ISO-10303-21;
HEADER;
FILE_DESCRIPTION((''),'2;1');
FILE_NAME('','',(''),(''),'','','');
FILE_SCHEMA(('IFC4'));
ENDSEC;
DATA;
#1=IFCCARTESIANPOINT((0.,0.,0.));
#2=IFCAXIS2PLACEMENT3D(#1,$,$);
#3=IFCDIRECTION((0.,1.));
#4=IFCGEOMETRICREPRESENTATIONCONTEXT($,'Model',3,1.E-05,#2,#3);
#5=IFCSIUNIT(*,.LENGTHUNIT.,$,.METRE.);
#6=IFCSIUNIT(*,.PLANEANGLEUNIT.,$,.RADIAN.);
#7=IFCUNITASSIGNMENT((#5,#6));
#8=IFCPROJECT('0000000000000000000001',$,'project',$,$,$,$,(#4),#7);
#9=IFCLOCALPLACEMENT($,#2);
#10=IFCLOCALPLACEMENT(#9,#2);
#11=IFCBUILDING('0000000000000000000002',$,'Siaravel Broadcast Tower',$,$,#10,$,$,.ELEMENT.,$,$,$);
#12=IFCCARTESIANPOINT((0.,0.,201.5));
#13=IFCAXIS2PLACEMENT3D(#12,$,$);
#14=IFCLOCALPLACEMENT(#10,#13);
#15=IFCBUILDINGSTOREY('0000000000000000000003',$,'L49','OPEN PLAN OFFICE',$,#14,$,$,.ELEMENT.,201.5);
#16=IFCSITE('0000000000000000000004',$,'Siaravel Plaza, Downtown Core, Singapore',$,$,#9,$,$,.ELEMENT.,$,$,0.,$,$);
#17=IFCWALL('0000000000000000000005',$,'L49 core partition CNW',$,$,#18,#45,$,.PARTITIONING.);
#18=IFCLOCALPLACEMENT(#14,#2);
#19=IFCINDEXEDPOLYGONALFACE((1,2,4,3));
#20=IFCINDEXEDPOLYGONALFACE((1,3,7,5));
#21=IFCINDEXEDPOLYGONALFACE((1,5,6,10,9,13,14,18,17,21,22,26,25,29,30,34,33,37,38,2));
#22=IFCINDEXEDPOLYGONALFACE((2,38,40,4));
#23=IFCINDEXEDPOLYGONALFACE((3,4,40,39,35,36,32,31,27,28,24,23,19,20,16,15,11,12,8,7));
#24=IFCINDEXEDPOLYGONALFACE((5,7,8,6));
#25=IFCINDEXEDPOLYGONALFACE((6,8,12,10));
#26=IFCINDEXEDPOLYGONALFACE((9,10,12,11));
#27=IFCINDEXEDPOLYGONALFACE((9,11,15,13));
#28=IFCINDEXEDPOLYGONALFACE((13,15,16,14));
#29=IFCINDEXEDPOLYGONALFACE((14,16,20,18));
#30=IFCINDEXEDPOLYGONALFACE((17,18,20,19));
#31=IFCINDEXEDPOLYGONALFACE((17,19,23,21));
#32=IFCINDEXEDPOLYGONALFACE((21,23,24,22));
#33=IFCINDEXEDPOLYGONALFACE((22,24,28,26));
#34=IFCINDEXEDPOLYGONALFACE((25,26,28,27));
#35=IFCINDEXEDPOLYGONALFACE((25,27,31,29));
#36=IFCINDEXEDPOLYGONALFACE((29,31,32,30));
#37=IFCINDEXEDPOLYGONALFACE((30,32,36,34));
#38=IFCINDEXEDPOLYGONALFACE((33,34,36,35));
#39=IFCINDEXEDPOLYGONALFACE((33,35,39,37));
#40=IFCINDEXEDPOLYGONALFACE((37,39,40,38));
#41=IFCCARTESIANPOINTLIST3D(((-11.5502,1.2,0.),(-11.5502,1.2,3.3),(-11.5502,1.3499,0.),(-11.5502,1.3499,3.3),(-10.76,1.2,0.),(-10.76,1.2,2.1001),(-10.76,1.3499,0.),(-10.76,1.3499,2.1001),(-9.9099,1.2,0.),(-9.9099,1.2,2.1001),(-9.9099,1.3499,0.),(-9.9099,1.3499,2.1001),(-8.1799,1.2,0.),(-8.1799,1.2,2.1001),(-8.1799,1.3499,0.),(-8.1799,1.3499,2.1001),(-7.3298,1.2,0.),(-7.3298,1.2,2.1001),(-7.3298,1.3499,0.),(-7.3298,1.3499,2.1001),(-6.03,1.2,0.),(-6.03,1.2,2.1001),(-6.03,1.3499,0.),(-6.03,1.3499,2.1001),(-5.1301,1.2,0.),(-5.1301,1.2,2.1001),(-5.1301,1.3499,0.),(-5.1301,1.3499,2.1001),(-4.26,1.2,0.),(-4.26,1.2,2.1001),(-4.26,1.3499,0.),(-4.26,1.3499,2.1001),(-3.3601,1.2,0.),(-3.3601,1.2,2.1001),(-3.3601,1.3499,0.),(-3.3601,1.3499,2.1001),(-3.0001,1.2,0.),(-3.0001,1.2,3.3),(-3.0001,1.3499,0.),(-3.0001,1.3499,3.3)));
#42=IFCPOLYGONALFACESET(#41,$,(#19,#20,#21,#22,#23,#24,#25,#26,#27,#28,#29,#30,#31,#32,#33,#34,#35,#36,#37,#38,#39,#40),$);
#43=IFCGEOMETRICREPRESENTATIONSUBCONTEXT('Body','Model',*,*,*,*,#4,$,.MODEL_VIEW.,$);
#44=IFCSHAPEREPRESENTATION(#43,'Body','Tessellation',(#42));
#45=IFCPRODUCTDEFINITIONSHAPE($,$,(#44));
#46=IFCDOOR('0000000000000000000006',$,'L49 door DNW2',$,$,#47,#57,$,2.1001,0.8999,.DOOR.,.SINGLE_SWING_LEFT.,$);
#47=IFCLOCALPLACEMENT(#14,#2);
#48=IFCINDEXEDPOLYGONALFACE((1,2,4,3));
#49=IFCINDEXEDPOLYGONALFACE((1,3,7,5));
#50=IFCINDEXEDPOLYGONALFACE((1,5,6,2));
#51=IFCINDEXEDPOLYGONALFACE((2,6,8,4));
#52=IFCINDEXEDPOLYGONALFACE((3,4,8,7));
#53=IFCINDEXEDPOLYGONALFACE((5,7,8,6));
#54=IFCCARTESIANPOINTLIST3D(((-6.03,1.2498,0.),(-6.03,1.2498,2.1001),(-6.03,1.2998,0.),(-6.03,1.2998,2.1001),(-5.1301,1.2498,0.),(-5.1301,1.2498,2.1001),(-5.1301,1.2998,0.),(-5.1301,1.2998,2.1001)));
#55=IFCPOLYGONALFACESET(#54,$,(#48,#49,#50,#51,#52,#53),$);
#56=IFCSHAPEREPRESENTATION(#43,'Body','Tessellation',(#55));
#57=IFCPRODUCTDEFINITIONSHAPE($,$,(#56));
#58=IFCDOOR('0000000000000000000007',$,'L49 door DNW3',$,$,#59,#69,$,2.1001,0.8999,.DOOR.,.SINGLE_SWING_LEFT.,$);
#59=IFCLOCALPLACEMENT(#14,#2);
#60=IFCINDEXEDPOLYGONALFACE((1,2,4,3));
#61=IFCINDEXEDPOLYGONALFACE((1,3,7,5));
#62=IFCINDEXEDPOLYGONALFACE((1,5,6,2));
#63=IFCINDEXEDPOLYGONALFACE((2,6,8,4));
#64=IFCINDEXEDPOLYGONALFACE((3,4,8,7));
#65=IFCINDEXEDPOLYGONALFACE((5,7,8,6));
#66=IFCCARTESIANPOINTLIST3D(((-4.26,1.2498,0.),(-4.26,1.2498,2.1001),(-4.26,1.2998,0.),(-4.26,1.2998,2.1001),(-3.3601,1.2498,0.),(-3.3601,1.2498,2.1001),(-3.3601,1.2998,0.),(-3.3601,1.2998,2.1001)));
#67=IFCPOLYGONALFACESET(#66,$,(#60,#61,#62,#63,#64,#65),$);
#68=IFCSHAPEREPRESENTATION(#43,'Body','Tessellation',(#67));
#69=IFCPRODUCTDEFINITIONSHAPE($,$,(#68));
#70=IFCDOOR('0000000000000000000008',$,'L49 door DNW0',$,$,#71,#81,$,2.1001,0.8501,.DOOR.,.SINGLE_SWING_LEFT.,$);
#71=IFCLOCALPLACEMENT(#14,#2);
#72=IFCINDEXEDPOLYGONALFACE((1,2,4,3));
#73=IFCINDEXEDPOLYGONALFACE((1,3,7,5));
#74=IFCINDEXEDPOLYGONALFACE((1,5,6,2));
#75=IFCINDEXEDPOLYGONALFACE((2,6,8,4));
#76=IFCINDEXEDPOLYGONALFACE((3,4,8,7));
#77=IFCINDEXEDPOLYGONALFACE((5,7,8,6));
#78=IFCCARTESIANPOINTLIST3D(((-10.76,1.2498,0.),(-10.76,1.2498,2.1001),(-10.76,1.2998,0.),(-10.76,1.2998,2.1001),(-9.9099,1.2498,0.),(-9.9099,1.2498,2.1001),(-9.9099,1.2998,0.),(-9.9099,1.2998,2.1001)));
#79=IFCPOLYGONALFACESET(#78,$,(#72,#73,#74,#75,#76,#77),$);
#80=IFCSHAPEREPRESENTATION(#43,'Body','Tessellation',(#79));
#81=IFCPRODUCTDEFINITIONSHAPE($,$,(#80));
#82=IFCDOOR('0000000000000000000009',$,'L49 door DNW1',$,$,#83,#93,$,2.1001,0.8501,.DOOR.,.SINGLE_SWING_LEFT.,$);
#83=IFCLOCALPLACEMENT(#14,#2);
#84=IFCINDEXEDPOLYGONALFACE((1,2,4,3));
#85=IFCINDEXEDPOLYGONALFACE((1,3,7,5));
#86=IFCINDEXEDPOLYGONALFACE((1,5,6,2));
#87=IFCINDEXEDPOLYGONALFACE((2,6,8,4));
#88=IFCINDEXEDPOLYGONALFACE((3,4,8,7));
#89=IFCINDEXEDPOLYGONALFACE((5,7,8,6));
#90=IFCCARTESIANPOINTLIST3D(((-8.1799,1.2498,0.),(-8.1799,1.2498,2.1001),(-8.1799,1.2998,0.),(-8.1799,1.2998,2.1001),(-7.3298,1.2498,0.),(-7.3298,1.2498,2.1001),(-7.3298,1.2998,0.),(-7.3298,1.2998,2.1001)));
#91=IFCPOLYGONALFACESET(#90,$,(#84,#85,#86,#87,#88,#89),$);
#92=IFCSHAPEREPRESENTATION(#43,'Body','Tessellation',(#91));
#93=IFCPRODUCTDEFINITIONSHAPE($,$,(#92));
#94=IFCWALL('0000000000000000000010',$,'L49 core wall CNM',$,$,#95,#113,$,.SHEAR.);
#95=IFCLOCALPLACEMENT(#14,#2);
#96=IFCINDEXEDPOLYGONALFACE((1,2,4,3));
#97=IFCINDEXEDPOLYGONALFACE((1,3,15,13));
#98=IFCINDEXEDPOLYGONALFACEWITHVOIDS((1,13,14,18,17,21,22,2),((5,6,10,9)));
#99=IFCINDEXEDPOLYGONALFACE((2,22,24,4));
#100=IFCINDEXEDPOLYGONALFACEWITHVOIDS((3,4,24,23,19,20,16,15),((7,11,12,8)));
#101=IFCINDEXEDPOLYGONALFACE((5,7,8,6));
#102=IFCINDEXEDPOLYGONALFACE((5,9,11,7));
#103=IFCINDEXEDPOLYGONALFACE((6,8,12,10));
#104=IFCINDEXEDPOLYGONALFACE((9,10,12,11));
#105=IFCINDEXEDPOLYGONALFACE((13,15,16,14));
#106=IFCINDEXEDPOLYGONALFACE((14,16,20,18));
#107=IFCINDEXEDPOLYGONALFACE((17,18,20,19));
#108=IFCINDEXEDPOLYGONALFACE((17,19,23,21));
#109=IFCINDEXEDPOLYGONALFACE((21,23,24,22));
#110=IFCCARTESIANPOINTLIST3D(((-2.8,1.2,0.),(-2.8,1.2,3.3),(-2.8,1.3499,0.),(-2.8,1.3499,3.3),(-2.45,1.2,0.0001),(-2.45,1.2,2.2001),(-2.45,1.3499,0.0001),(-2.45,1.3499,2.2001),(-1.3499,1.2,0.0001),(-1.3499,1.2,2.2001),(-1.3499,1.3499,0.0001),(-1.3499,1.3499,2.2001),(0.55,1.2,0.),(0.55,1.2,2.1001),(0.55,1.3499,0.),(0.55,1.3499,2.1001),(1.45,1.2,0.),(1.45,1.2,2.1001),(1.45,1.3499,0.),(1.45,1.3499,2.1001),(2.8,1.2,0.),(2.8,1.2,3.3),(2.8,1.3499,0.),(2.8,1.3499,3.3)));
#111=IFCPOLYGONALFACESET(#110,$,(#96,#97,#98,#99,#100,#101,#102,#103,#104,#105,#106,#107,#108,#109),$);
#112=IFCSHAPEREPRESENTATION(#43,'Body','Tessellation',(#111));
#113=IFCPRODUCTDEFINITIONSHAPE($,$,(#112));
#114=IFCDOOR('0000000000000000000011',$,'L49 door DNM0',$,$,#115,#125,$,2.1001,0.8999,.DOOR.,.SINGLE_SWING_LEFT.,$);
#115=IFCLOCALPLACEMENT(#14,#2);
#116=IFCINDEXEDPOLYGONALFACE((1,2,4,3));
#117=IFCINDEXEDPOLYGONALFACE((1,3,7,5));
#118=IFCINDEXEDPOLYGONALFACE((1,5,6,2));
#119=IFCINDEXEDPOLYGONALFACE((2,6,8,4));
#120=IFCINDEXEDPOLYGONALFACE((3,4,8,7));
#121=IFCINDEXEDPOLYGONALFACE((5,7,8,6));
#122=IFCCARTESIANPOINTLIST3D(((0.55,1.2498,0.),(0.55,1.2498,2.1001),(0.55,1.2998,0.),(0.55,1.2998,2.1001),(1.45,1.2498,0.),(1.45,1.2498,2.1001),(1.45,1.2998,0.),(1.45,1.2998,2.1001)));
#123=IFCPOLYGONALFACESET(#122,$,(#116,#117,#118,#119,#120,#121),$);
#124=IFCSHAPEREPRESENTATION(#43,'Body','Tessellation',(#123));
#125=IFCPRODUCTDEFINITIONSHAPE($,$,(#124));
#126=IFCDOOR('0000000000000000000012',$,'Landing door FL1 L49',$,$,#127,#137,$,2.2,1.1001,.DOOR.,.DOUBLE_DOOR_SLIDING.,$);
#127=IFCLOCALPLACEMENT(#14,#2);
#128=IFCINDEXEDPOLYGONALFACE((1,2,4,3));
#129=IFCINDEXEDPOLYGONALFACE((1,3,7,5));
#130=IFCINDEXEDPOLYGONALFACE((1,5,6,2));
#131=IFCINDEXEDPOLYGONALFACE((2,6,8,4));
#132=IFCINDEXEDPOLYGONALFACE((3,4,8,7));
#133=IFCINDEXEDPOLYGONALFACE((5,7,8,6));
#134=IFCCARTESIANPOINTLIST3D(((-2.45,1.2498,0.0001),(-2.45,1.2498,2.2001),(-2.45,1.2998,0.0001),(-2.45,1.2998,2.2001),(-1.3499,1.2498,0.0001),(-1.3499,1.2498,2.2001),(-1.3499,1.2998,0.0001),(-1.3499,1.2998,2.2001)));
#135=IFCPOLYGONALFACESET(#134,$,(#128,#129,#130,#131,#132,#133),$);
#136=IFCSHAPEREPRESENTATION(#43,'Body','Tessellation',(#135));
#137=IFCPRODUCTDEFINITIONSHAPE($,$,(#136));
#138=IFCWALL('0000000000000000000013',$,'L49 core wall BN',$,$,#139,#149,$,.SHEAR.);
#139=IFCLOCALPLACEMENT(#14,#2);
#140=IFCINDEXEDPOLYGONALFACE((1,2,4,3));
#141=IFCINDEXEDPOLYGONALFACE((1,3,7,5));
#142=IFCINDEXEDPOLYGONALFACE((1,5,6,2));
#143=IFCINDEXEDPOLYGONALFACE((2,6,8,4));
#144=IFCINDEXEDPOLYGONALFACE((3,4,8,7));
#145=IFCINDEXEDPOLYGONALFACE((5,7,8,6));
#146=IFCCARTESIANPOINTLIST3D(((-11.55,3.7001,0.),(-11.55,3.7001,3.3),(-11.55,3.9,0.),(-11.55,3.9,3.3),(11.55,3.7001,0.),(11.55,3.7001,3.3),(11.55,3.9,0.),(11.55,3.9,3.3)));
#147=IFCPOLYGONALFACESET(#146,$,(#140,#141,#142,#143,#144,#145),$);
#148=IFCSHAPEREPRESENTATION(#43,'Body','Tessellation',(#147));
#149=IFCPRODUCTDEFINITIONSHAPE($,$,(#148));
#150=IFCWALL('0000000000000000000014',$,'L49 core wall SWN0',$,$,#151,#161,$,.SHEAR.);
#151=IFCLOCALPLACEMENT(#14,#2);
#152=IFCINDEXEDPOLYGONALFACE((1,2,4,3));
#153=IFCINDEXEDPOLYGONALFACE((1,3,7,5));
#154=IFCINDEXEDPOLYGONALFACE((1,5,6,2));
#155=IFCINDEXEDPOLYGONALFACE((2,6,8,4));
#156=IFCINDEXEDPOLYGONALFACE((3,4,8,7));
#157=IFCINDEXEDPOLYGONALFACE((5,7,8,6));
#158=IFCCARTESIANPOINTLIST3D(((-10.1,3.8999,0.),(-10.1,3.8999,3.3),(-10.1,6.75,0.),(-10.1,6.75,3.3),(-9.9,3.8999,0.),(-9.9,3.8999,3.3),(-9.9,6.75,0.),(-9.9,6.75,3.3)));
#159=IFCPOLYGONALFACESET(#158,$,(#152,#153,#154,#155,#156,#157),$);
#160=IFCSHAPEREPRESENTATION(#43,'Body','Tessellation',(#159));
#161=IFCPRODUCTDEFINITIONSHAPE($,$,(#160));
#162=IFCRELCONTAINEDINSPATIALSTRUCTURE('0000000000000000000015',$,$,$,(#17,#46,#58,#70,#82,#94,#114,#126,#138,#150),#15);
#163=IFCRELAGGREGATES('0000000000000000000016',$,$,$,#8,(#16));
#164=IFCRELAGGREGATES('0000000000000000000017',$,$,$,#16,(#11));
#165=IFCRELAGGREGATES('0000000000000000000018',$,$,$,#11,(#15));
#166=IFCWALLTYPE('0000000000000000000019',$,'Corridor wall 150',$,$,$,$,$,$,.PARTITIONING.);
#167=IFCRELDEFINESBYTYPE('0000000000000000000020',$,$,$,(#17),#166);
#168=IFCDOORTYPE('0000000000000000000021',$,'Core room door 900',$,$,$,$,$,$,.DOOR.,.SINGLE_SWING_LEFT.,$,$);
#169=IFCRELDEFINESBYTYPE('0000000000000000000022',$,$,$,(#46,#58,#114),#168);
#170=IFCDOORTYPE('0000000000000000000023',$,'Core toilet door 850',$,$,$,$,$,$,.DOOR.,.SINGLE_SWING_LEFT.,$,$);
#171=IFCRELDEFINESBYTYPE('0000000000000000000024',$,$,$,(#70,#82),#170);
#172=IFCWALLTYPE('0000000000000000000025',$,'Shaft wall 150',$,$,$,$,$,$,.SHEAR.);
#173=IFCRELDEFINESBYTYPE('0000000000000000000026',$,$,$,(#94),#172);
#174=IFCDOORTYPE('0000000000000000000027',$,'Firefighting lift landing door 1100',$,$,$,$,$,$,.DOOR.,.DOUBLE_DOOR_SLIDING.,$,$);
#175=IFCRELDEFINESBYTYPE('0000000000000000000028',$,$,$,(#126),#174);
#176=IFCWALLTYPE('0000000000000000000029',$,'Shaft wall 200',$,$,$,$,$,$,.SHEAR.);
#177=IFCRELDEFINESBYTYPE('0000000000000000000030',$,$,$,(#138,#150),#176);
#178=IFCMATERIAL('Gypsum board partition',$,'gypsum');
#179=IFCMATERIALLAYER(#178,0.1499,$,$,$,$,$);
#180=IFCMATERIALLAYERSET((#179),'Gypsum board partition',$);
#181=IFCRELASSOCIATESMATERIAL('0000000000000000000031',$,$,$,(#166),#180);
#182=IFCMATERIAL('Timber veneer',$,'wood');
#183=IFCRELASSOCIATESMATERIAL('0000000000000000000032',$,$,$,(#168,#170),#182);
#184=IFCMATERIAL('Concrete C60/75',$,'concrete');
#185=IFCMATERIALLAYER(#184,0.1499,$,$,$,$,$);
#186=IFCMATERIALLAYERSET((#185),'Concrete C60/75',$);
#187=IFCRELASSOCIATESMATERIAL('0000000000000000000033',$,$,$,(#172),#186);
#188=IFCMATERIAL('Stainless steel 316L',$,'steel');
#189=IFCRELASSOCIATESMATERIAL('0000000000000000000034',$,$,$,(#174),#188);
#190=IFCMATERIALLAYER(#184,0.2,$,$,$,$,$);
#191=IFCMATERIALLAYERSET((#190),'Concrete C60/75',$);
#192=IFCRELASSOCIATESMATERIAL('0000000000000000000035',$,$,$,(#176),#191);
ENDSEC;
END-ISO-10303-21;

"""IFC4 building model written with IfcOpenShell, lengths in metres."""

from ifc_helpers import new_model, si_unit, direction, frame, frame_2d, origin, place, context, subcontext, project, spatial, rectangle, extrude, material, layer, layer_set, type_object, element, fill, save


model = new_model("IFC4")

# Units and contexts
model_context = context("Model", 3, precision=1e-05, world=origin(), true_north=direction((0.0, 1.0)))
body_context = subcontext(model_context, "Body", "Model", "MODEL_VIEW")
ifc_project = project(units=[si_unit("LENGTHUNIT", "METRE"), si_unit("PLANEANGLEUNIT", "RADIAN")], contexts=[model_context])

# Site, building, storey
site_placement = place(None, origin())
site = spatial("IfcSite", under=ifc_project, at=site_placement, Name="Siaravel Plaza, Downtown Core, Singapore", CompositionType="ELEMENT", RefElevation=0.0)
building_placement = place(site_placement, origin())
building = spatial("IfcBuilding", under=site, at=building_placement, Name="Siaravel Broadcast Tower", CompositionType="ELEMENT")
storey_placement = place(building_placement, frame((0.0, 0.0, 201.5)))
storey = spatial("IfcBuildingStorey", under=building, at=storey_placement, Name="L49", Description="OPEN PLAN OFFICE", CompositionType="ELEMENT", Elevation=201.5)

# Walls, openings, doors
ifc_material_1 = material(Name="Gypsum board partition", Category="gypsum")
ifc_layer_1 = layer(ifc_material_1, 0.1499)
ifc_layer_set_1 = layer_set([ifc_layer_1], Name="Gypsum board partition")
wall_type_1 = type_object("IfcWallType", Name="Corridor wall 150", PredefinedType="PARTITIONING", material=ifc_layer_set_1)
wall_1_placement = place(storey_placement, frame((-11.55, 1.2749, 0.0), z_axis=(0.0, 0.0, 1.0), x_axis=(1.0, 0.0, 0.0)))
wall_1 = element("IfcWall", 1, at=wall_1_placement, inside=storey, type_object=wall_type_1, Name="L49 core partition CNW", PredefinedType="PARTITIONING", context=body_context, shape_type="SweptSolid", body=[
    extrude(rectangle(XDim=8.55, YDim=0.1499, at=frame_2d((4.2749, 0.0))), origin(), (0.0, 0.0, 1.0), 3.3),
])
opening_1_placement = place(wall_1_placement, frame((0.79, 0.0, 0.0)))
opening_1 = element("IfcOpeningElement", 2, at=opening_1_placement, cuts=wall_1, PredefinedType="OPENING", context=body_context, shape_type="SweptSolid", body=[
    extrude(rectangle(XDim=0.8501, YDim=2.1001, at=frame_2d((0.425, 1.05))), frame((0.0, 0.085, 0.0), z_axis=(0.0, -1.0, 0.0), x_axis=(1.0, 0.0, 0.0)), (0.0, 0.0, 1.0), 0.1699),
])
opening_2_placement = place(wall_1_placement, frame((3.3701, 0.0, 0.0)))
opening_2 = element("IfcOpeningElement", 3, at=opening_2_placement, cuts=wall_1, PredefinedType="OPENING", context=body_context, shape_type="SweptSolid", body=[
    extrude(rectangle(XDim=0.8501, YDim=2.1001, at=frame_2d((0.425, 1.05))), frame((0.0, 0.085, 0.0), z_axis=(0.0, -1.0, 0.0), x_axis=(1.0, 0.0, 0.0)), (0.0, 0.0, 1.0), 0.1699),
])
opening_3_placement = place(wall_1_placement, frame((5.52, 0.0, 0.0)))
opening_3 = element("IfcOpeningElement", 4, at=opening_3_placement, cuts=wall_1, PredefinedType="OPENING", context=body_context, shape_type="SweptSolid", body=[
    extrude(rectangle(XDim=0.8999, YDim=2.1001, at=frame_2d((0.45, 1.05))), frame((0.0, 0.085, 0.0), z_axis=(0.0, -1.0, 0.0), x_axis=(1.0, 0.0, 0.0)), (0.0, 0.0, 1.0), 0.1699),
])
opening_4_placement = place(wall_1_placement, frame((7.29, 0.0, 0.0)))
opening_4 = element("IfcOpeningElement", 5, at=opening_4_placement, cuts=wall_1, PredefinedType="OPENING", context=body_context, shape_type="SweptSolid", body=[
    extrude(rectangle(XDim=0.8999, YDim=2.1001, at=frame_2d((0.45, 1.05))), frame((0.0, 0.085, 0.0), z_axis=(0.0, -1.0, 0.0), x_axis=(1.0, 0.0, 0.0)), (0.0, 0.0, 1.0), 0.1699),
])
ifc_material_2 = material(Name="Timber veneer", Category="wood")
door_type_1 = type_object("IfcDoorType", Name="Core room door 900", OperationType="SINGLE_SWING_LEFT", PredefinedType="DOOR", material=ifc_material_2)
door_1_placement = place(opening_3_placement, origin())
door_1 = element("IfcDoor", 6, at=door_1_placement, inside=storey, type_object=door_type_1, Name="L49 door DNW2", OperationType="SINGLE_SWING_LEFT", OverallHeight=2.1001, OverallWidth=0.8999, PredefinedType="DOOR", context=body_context, shape_type="SweptSolid", body=[
    extrude(rectangle(XDim=0.8999, YDim=2.1001, at=frame_2d((0.45, 1.05))), frame((0.0, 0.0249, 0.0), z_axis=(0.0, -1.0, 0.0), x_axis=(1.0, 0.0, 0.0)), (0.0, 0.0, 1.0), 0.05),
])
fill(opening_3, door_1)
door_2_placement = place(opening_4_placement, origin())
door_2 = element("IfcDoor", 7, at=door_2_placement, inside=storey, type_object=door_type_1, Name="L49 door DNW3", OperationType="SINGLE_SWING_LEFT", OverallHeight=2.1001, OverallWidth=0.8999, PredefinedType="DOOR", context=body_context, shape_type="SweptSolid", body=[
    extrude(rectangle(XDim=0.8999, YDim=2.1001, at=frame_2d((0.45, 1.05))), frame((0.0, 0.0249, 0.0), z_axis=(0.0, -1.0, 0.0), x_axis=(1.0, 0.0, 0.0)), (0.0, 0.0, 1.0), 0.05),
])
fill(opening_4, door_2)
door_type_2 = type_object("IfcDoorType", Name="Core toilet door 850", OperationType="SINGLE_SWING_LEFT", PredefinedType="DOOR", material=ifc_material_2)
door_3_placement = place(opening_1_placement, origin())
door_3 = element("IfcDoor", 8, at=door_3_placement, inside=storey, type_object=door_type_2, Name="L49 door DNW0", OperationType="SINGLE_SWING_LEFT", OverallHeight=2.1001, OverallWidth=0.8501, PredefinedType="DOOR", context=body_context, shape_type="SweptSolid", body=[
    extrude(rectangle(XDim=0.8501, YDim=2.1001, at=frame_2d((0.425, 1.05))), frame((0.0, 0.0249, 0.0), z_axis=(0.0, -1.0, 0.0), x_axis=(1.0, 0.0, 0.0)), (0.0, 0.0, 1.0), 0.05),
])
fill(opening_1, door_3)
door_4_placement = place(opening_2_placement, origin())
door_4 = element("IfcDoor", 9, at=door_4_placement, inside=storey, type_object=door_type_2, Name="L49 door DNW1", OperationType="SINGLE_SWING_LEFT", OverallHeight=2.1001, OverallWidth=0.8501, PredefinedType="DOOR", context=body_context, shape_type="SweptSolid", body=[
    extrude(rectangle(XDim=0.8501, YDim=2.1001, at=frame_2d((0.425, 1.05))), frame((0.0, 0.0249, 0.0), z_axis=(0.0, -1.0, 0.0), x_axis=(1.0, 0.0, 0.0)), (0.0, 0.0, 1.0), 0.05),
])
fill(opening_2, door_4)
ifc_material_3 = material(Name="Concrete C60/75", Category="concrete")
ifc_layer_2 = layer(ifc_material_3, 0.1499)
ifc_layer_set_2 = layer_set([ifc_layer_2], Name="Concrete C60/75")
wall_type_2 = type_object("IfcWallType", Name="Shaft wall 150", PredefinedType="SHEAR", material=ifc_layer_set_2)
wall_2_placement = place(storey_placement, frame((-2.8, 1.2749, 0.0), z_axis=(0.0, 0.0, 1.0), x_axis=(1.0, 0.0, 0.0)))
wall_2 = element("IfcWall", 10, at=wall_2_placement, inside=storey, type_object=wall_type_2, Name="L49 core wall CNM", PredefinedType="SHEAR", context=body_context, shape_type="SweptSolid", body=[
    extrude(rectangle(XDim=5.6001, YDim=0.1499, at=frame_2d((2.8, 0.0))), origin(), (0.0, 0.0, 1.0), 3.3),
])
opening_5_placement = place(wall_2_placement, frame((0.3501, 0.0, 0.0)))
opening_5 = element("IfcOpeningElement", 11, at=opening_5_placement, cuts=wall_2, PredefinedType="OPENING", context=body_context, shape_type="SweptSolid", body=[
    extrude(rectangle(XDim=1.1001, YDim=2.2, at=frame_2d((0.55, 1.1001))), frame((0.0, 0.085, 0.0), z_axis=(0.0, -1.0, 0.0), x_axis=(1.0, 0.0, 0.0)), (0.0, 0.0, 1.0), 0.1699),
])
opening_6_placement = place(wall_2_placement, frame((3.3501, 0.0, 0.0)))
opening_6 = element("IfcOpeningElement", 12, at=opening_6_placement, cuts=wall_2, PredefinedType="OPENING", context=body_context, shape_type="SweptSolid", body=[
    extrude(rectangle(XDim=0.8999, YDim=2.1001, at=frame_2d((0.45, 1.05))), frame((0.0, 0.085, 0.0), z_axis=(0.0, -1.0, 0.0), x_axis=(1.0, 0.0, 0.0)), (0.0, 0.0, 1.0), 0.1699),
])
door_5_placement = place(opening_6_placement, origin())
door_5 = element("IfcDoor", 13, at=door_5_placement, inside=storey, type_object=door_type_1, Name="L49 door DNM0", OperationType="SINGLE_SWING_LEFT", OverallHeight=2.1001, OverallWidth=0.8999, PredefinedType="DOOR", context=body_context, shape_type="SweptSolid", body=[
    extrude(rectangle(XDim=0.8999, YDim=2.1001, at=frame_2d((0.45, 1.05))), frame((0.0, 0.0249, 0.0), z_axis=(0.0, -1.0, 0.0), x_axis=(1.0, 0.0, 0.0)), (0.0, 0.0, 1.0), 0.05),
])
fill(opening_6, door_5)
ifc_material_4 = material(Name="Stainless steel 316L", Category="steel")
door_type_3 = type_object("IfcDoorType", Name="Firefighting lift landing door 1100", OperationType="DOUBLE_DOOR_SLIDING", PredefinedType="DOOR", material=ifc_material_4)
door_6_placement = place(opening_5_placement, origin())
door_6 = element("IfcDoor", 14, at=door_6_placement, inside=storey, type_object=door_type_3, Name="Landing door FL1 L49", OperationType="DOUBLE_DOOR_SLIDING", OverallHeight=2.2, OverallWidth=1.1001, PredefinedType="DOOR", context=body_context, shape_type="SweptSolid", body=[
    extrude(rectangle(XDim=1.1001, YDim=2.2, at=frame_2d((0.55, 1.1001))), frame((0.0, 0.0249, 0.0), z_axis=(0.0, -1.0, 0.0), x_axis=(1.0, 0.0, 0.0)), (0.0, 0.0, 1.0), 0.05),
])
fill(opening_5, door_6)

# Walls
ifc_layer_3 = layer(ifc_material_3, 0.2)
ifc_layer_set_3 = layer_set([ifc_layer_3], Name="Concrete C60/75")
wall_type_3 = type_object("IfcWallType", Name="Shaft wall 200", PredefinedType="SHEAR", material=ifc_layer_set_3)
wall_3_placement = place(storey_placement, frame((-11.55, 3.8, 0.0), z_axis=(0.0, 0.0, 1.0), x_axis=(1.0, 0.0, 0.0)))
element("IfcWall", 15, at=wall_3_placement, inside=storey, type_object=wall_type_3, Name="L49 core wall BN", PredefinedType="SHEAR", context=body_context, shape_type="SweptSolid", body=[
    extrude(rectangle(XDim=23.1001, YDim=0.2, at=frame_2d((11.55, 0.0))), origin(), (0.0, 0.0, 1.0), 3.3),
])
for number, where, z_axis, x_axis, name in (
    (16, (-10.0, 3.8999, 0.0), (0.0, 0.0, 1.0), (0.0, 1.0, 0.0), "L49 core wall SWN0"),
):
    element("IfcWall", number, at=place(storey_placement, frame(where, z_axis=z_axis, x_axis=x_axis)), inside=storey, type_object=wall_type_3, Name=name, PredefinedType="SHEAR", context=body_context, shape_type="SweptSolid", body=[
        extrude(rectangle(XDim=2.8501, YDim=0.2, at=frame_2d((1.425, 0.0))), origin(), (0.0, 0.0, 1.0), 3.3),
    ])

save(model, "model.ifc")
